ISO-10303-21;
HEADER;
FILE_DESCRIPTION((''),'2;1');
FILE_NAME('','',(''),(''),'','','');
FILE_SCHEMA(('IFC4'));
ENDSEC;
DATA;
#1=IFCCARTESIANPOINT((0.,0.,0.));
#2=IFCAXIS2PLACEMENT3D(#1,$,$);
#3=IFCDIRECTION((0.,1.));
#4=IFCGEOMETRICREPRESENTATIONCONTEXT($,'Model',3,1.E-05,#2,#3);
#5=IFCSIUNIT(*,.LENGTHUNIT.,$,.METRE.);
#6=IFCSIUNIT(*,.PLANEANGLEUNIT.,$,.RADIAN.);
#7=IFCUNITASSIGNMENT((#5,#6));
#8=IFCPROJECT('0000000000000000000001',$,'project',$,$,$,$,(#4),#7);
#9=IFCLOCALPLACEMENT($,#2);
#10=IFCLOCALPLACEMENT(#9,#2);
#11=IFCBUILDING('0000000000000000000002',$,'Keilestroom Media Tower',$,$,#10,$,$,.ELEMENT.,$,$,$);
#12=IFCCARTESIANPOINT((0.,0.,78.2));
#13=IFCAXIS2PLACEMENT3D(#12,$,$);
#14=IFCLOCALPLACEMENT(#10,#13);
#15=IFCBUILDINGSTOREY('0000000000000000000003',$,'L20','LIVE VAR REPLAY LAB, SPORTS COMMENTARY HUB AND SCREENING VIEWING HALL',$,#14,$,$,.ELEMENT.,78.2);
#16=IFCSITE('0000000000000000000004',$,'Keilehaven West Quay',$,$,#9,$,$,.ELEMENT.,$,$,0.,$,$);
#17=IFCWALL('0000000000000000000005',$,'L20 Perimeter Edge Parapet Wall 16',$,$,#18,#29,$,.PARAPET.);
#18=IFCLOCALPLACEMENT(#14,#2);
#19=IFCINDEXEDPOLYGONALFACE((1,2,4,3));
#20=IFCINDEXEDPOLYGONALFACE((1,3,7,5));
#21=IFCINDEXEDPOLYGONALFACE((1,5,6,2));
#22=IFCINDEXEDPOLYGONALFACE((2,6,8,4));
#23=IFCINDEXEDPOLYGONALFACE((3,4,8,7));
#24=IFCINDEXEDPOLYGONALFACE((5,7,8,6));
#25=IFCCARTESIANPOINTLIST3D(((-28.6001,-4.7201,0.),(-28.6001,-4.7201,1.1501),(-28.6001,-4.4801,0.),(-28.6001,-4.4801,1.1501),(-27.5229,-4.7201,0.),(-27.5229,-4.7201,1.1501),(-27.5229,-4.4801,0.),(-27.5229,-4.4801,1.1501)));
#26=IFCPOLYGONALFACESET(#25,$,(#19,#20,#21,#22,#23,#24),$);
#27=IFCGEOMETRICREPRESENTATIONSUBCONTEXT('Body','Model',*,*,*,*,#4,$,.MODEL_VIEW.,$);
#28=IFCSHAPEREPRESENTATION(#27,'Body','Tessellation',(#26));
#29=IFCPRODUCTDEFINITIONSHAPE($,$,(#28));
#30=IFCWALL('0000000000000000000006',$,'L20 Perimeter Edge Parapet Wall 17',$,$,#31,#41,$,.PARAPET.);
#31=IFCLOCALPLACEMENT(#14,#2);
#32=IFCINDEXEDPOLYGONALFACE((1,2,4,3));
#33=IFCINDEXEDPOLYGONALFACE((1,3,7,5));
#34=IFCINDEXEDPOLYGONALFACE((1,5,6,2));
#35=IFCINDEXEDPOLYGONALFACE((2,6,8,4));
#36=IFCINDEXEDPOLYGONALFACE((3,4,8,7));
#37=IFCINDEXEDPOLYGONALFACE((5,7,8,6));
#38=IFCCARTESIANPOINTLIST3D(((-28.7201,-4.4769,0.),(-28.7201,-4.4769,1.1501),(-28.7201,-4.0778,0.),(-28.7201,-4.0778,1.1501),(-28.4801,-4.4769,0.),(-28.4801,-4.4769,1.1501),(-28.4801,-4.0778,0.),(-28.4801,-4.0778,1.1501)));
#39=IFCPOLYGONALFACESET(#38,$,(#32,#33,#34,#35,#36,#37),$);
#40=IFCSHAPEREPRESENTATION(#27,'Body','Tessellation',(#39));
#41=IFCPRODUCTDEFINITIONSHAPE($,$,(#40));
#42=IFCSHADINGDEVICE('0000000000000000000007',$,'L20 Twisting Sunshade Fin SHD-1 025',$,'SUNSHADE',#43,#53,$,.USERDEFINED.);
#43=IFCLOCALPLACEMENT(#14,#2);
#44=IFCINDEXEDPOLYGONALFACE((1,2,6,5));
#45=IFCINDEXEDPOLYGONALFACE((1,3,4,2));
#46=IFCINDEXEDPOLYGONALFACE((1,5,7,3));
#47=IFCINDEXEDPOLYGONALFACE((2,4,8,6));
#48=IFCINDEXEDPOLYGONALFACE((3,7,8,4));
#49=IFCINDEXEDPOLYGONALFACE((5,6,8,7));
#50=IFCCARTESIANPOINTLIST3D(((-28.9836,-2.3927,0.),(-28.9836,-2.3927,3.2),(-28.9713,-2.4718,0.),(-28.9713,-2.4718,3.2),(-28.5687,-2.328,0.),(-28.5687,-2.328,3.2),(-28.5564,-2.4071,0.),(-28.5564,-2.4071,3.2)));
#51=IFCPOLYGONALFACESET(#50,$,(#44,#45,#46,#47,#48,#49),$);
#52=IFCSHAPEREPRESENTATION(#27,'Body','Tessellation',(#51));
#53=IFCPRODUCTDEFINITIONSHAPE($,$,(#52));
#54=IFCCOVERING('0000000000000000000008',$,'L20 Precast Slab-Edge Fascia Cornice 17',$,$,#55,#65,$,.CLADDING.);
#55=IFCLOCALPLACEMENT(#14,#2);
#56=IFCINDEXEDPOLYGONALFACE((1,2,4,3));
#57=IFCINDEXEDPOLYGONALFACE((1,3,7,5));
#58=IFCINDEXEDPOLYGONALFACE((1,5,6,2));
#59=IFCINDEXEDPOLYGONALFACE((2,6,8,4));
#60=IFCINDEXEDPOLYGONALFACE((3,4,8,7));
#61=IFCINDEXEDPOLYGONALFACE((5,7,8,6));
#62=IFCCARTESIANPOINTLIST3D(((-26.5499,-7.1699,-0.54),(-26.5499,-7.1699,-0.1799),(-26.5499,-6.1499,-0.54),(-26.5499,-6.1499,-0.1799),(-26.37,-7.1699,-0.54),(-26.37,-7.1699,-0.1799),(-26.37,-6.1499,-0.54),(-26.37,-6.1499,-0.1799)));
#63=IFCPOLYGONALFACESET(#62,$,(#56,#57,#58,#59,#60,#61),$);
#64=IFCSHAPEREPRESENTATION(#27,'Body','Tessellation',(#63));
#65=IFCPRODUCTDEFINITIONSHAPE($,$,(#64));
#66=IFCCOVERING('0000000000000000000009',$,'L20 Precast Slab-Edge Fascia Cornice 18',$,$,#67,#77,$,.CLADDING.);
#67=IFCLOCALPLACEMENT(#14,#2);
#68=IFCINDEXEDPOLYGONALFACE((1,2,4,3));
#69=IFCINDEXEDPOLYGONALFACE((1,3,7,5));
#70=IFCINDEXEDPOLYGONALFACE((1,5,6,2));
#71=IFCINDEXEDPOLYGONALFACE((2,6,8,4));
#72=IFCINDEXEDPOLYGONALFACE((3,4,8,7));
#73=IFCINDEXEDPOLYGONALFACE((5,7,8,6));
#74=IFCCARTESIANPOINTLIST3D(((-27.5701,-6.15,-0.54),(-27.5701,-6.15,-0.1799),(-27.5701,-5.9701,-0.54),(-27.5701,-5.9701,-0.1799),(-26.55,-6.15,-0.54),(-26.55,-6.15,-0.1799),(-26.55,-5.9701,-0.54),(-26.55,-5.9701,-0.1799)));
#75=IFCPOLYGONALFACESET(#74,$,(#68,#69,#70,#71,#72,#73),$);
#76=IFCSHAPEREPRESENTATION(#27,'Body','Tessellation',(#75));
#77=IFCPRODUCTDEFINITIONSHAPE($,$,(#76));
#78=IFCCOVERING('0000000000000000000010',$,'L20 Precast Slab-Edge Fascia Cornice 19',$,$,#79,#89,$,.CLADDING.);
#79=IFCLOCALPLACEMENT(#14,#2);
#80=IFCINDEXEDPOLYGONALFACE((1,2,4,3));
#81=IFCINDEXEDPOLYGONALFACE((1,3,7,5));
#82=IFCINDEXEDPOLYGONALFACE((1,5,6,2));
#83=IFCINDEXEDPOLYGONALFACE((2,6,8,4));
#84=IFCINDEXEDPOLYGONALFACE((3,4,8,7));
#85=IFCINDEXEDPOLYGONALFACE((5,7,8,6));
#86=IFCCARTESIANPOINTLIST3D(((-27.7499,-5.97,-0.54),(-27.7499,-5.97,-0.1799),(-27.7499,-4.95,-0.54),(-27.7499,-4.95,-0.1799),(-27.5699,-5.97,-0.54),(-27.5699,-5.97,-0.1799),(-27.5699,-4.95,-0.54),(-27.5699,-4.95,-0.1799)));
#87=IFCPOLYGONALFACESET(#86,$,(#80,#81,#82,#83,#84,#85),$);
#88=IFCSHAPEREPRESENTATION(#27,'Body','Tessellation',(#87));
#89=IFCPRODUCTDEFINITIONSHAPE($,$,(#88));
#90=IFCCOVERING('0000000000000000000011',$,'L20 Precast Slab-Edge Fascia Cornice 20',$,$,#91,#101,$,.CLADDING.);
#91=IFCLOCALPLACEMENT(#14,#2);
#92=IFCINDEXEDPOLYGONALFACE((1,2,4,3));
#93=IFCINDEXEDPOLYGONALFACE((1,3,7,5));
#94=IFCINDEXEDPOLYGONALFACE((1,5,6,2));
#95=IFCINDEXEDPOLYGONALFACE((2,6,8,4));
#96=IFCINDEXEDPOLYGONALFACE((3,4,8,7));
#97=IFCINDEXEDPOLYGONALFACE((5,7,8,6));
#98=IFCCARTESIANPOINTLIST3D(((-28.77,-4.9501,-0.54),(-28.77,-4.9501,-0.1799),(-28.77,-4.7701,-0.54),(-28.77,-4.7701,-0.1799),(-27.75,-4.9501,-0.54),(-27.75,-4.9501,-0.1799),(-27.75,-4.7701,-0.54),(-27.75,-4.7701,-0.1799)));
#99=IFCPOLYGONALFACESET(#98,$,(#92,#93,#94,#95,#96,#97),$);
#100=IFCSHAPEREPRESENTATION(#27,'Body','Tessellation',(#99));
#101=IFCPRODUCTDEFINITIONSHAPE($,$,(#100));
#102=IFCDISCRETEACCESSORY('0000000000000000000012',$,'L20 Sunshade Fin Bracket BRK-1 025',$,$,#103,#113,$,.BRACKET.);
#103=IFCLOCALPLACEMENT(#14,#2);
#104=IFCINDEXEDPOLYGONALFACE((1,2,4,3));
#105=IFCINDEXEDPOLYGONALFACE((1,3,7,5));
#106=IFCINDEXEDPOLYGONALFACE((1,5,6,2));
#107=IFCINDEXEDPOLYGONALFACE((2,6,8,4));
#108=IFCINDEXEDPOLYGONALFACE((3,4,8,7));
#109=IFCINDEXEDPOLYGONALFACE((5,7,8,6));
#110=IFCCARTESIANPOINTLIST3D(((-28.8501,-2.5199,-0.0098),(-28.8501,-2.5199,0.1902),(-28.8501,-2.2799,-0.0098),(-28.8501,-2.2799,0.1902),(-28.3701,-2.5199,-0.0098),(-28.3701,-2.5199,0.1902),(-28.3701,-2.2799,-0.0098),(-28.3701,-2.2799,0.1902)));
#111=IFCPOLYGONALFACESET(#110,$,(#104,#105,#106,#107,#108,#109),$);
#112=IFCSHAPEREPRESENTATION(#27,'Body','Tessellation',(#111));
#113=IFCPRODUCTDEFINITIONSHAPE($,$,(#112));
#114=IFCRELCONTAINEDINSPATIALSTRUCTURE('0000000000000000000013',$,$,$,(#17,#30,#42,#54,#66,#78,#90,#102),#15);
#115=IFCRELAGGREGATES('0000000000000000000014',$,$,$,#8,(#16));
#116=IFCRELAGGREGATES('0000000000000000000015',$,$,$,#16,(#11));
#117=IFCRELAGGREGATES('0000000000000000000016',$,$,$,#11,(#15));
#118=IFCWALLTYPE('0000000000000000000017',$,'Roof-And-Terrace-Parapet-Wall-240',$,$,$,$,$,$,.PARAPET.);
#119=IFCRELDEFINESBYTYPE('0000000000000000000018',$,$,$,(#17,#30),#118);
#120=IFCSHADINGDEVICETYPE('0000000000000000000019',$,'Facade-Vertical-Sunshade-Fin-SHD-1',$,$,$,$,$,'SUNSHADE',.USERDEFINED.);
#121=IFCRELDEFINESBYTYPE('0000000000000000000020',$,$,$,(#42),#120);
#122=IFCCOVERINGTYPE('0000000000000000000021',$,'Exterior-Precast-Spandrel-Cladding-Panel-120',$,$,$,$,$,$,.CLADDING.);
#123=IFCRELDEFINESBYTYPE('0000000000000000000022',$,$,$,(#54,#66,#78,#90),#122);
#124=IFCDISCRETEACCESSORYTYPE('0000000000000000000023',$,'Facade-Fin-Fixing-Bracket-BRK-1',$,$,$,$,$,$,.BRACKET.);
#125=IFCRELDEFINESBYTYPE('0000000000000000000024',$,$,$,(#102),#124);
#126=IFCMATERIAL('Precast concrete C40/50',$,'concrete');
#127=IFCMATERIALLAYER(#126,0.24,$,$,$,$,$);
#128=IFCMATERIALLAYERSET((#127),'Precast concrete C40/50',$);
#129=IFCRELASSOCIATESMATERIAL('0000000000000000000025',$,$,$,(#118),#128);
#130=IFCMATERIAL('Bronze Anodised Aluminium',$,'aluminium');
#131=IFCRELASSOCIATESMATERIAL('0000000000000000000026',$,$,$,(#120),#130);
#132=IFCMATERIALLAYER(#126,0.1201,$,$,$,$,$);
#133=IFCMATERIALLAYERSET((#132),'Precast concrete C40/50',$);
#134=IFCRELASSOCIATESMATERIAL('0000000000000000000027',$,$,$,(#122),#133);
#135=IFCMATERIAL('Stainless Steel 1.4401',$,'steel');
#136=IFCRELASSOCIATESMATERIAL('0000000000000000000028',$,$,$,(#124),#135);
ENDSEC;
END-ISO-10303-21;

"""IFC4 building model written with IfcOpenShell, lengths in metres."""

from ifc_helpers import new_model, si_unit, direction, frame, frame_2d, origin, origin_2d, place, context, subcontext, project, spatial, rectangle, extrude, source, transform, mapped, material, layer, layer_set, type_object, element, save


model = new_model("IFC4")

# Units and contexts
model_context = context("Model", 3, precision=1e-05, world=origin(), true_north=direction((0.0, 1.0)))
body_context = subcontext(model_context, "Body", "Model", "MODEL_VIEW")
ifc_project = project(units=[si_unit("LENGTHUNIT", "METRE"), si_unit("PLANEANGLEUNIT", "RADIAN")], contexts=[model_context])

# Site, building, storey
site_placement = place(None, origin())
site = spatial("IfcSite", under=ifc_project, at=site_placement, Name="Keilehaven West Quay", CompositionType="ELEMENT", RefElevation=0.0)
building_placement = place(site_placement, origin())
building = spatial("IfcBuilding", under=site, at=building_placement, Name="Keilestroom Media Tower", CompositionType="ELEMENT")
storey_placement = place(building_placement, frame((0.0, 0.0, 78.2)))
storey = spatial("IfcBuildingStorey", under=building, at=storey_placement, Name="L20", Description="LIVE VAR REPLAY LAB, SPORTS COMMENTARY HUB AND SCREENING VIEWING HALL", CompositionType="ELEMENT", Elevation=78.2)

# Shared definitions
ifc_material_1 = material(Name="Precast concrete C40/50", Category="concrete")

# Walls
ifc_layer_1 = layer(ifc_material_1, 0.24)
ifc_layer_set_1 = layer_set([ifc_layer_1], Name="Precast concrete C40/50")
wall_type_1 = type_object("IfcWallType", Name="Roof-And-Terrace-Parapet-Wall-240", PredefinedType="PARAPET", material=ifc_layer_set_1)
wall_1_placement = place(storey_placement, frame((-27.5229, -4.6001, 0.0), z_axis=(0.0, 0.0, 1.0), x_axis=(-1.0, 0.0, 0.0)))
element("IfcWall", 1, at=wall_1_placement, inside=storey, type_object=wall_type_1, Name="L20 Perimeter Edge Parapet Wall 16", PredefinedType="PARAPET", context=body_context, shape_type="SweptSolid", body=[
    extrude(rectangle(XDim=1.0771, YDim=0.24, at=frame_2d((0.5386, 0.0))), origin(), (0.0, 0.0, 1.0), 1.1501),
])
wall_2_placement = place(storey_placement, frame((-28.6001, -4.4771, 0.0), z_axis=(0.0, 0.0, 1.0), x_axis=(0.0, 1.0, 0.0)))
element("IfcWall", 2, at=wall_2_placement, inside=storey, type_object=wall_type_1, Name="L20 Perimeter Edge Parapet Wall 17", PredefinedType="PARAPET", context=body_context, shape_type="SweptSolid", body=[
    extrude(rectangle(XDim=0.3992, YDim=0.24, at=frame_2d((0.1997, 0.0))), origin(), (0.0, 0.0, 1.0), 1.1501),
])

# Shading device
ifc_material_2 = material(Name="Bronze Anodised Aluminium", Category="aluminium")
shading_device_type = type_object("IfcShadingDeviceType", Name="Facade-Vertical-Sunshade-Fin-SHD-1", ElementType="SUNSHADE", PredefinedType="USERDEFINED", material=ifc_material_2)
shared_shape_1 = source(origin(), body_context, "Body", "SweptSolid", [
    extrude(rectangle(XDim=0.4199, YDim=0.0801, at=origin_2d()), origin(), (0.0, 0.0, 1.0), 3.2),
])
shading_device_placement = place(storey_placement, frame((-28.77, -2.3999, 0.0), z_axis=(0.0, 0.0, 1.0), x_axis=(0.988041, 0.154193, 0.0)))
element("IfcShadingDevice", 3, at=shading_device_placement, inside=storey, type_object=shading_device_type, Name="L20 Twisting Sunshade Fin SHD-1 025", ObjectType="SUNSHADE", PredefinedType="USERDEFINED", context=body_context, shape_type="MappedRepresentation", body=[
    mapped(shared_shape_1, transform((0.0, 0.0, 0.0), x_axis=(1.0, 0.0, 0.0), y_axis=(0.0, 1.0, 0.0), z_axis=(0.0, 0.0, 1.0), scale=1.0)),
])

# Coverings
ifc_layer_2 = layer(ifc_material_1, 0.1201)
ifc_layer_set_2 = layer_set([ifc_layer_2], Name="Precast concrete C40/50")
covering_type = type_object("IfcCoveringType", Name="Exterior-Precast-Spandrel-Cladding-Panel-120", PredefinedType="CLADDING", material=ifc_layer_set_2)
shared_shape_2 = source(origin(), body_context, "Body", "SweptSolid", [
    extrude(rectangle(XDim=1.02, YDim=0.1799, at=origin_2d()), origin(), (0.0, 0.0, 1.0), 0.3601),
])
for number, where, z_axis, x_axis, name in (
    (4, (-26.46, -6.6599, -0.54), (0.0, 0.0, 1.0), (0.0, 1.0, 0.0), "L20 Precast Slab-Edge Fascia Cornice 17"),
    (5, (-27.0601, -6.0601, -0.54), (0.0, 0.0, 1.0), (-1.0, 0.0, 0.0), "L20 Precast Slab-Edge Fascia Cornice 18"),
    (6, (-27.6599, -5.46, -0.54), (0.0, 0.0, 1.0), (0.0, 1.0, 0.0), "L20 Precast Slab-Edge Fascia Cornice 19"),
    (7, (-28.26, -4.8601, -0.54), (0.0, 0.0, 1.0), (-1.0, 0.0, 0.0), "L20 Precast Slab-Edge Fascia Cornice 20"),
):
    element("IfcCovering", number, at=place(storey_placement, frame(where, z_axis=z_axis, x_axis=x_axis)), inside=storey, type_object=covering_type, Name=name, PredefinedType="CLADDING", context=body_context, shape_type="MappedRepresentation", body=[
        mapped(shared_shape_2, transform((0.0, 0.0, 0.0), x_axis=(1.0, 0.0, 0.0), y_axis=(0.0, 1.0, 0.0), z_axis=(0.0, 0.0, 1.0), scale=1.0)),
    ])

# Discrete accessory
ifc_material_3 = material(Name="Stainless Steel 1.4401", Category="steel")
discrete_accessory_type = type_object("IfcDiscreteAccessoryType", Name="Facade-Fin-Fixing-Bracket-BRK-1", PredefinedType="BRACKET", material=ifc_material_3)
shared_shape_3 = source(origin(), body_context, "Body", "SweptSolid", [
    extrude(rectangle(XDim=0.48, YDim=0.24, at=origin_2d()), origin(), (0.0, 0.0, 1.0), 0.2),
])
discrete_accessory_placement = place(storey_placement, frame((-28.6101, -2.3999, -0.0098), z_axis=(0.0, 0.0, 1.0), x_axis=(1.0, 0.0, 0.0)))
element("IfcDiscreteAccessory", 8, at=discrete_accessory_placement, inside=storey, type_object=discrete_accessory_type, Name="L20 Sunshade Fin Bracket BRK-1 025", PredefinedType="BRACKET", context=body_context, shape_type="MappedRepresentation", body=[
    mapped(shared_shape_3, transform((0.0, 0.0, 0.0), x_axis=(1.0, 0.0, 0.0), y_axis=(0.0, 1.0, 0.0), z_axis=(0.0, 0.0, 1.0), scale=1.0)),
])

save(model, "model.ifc")
